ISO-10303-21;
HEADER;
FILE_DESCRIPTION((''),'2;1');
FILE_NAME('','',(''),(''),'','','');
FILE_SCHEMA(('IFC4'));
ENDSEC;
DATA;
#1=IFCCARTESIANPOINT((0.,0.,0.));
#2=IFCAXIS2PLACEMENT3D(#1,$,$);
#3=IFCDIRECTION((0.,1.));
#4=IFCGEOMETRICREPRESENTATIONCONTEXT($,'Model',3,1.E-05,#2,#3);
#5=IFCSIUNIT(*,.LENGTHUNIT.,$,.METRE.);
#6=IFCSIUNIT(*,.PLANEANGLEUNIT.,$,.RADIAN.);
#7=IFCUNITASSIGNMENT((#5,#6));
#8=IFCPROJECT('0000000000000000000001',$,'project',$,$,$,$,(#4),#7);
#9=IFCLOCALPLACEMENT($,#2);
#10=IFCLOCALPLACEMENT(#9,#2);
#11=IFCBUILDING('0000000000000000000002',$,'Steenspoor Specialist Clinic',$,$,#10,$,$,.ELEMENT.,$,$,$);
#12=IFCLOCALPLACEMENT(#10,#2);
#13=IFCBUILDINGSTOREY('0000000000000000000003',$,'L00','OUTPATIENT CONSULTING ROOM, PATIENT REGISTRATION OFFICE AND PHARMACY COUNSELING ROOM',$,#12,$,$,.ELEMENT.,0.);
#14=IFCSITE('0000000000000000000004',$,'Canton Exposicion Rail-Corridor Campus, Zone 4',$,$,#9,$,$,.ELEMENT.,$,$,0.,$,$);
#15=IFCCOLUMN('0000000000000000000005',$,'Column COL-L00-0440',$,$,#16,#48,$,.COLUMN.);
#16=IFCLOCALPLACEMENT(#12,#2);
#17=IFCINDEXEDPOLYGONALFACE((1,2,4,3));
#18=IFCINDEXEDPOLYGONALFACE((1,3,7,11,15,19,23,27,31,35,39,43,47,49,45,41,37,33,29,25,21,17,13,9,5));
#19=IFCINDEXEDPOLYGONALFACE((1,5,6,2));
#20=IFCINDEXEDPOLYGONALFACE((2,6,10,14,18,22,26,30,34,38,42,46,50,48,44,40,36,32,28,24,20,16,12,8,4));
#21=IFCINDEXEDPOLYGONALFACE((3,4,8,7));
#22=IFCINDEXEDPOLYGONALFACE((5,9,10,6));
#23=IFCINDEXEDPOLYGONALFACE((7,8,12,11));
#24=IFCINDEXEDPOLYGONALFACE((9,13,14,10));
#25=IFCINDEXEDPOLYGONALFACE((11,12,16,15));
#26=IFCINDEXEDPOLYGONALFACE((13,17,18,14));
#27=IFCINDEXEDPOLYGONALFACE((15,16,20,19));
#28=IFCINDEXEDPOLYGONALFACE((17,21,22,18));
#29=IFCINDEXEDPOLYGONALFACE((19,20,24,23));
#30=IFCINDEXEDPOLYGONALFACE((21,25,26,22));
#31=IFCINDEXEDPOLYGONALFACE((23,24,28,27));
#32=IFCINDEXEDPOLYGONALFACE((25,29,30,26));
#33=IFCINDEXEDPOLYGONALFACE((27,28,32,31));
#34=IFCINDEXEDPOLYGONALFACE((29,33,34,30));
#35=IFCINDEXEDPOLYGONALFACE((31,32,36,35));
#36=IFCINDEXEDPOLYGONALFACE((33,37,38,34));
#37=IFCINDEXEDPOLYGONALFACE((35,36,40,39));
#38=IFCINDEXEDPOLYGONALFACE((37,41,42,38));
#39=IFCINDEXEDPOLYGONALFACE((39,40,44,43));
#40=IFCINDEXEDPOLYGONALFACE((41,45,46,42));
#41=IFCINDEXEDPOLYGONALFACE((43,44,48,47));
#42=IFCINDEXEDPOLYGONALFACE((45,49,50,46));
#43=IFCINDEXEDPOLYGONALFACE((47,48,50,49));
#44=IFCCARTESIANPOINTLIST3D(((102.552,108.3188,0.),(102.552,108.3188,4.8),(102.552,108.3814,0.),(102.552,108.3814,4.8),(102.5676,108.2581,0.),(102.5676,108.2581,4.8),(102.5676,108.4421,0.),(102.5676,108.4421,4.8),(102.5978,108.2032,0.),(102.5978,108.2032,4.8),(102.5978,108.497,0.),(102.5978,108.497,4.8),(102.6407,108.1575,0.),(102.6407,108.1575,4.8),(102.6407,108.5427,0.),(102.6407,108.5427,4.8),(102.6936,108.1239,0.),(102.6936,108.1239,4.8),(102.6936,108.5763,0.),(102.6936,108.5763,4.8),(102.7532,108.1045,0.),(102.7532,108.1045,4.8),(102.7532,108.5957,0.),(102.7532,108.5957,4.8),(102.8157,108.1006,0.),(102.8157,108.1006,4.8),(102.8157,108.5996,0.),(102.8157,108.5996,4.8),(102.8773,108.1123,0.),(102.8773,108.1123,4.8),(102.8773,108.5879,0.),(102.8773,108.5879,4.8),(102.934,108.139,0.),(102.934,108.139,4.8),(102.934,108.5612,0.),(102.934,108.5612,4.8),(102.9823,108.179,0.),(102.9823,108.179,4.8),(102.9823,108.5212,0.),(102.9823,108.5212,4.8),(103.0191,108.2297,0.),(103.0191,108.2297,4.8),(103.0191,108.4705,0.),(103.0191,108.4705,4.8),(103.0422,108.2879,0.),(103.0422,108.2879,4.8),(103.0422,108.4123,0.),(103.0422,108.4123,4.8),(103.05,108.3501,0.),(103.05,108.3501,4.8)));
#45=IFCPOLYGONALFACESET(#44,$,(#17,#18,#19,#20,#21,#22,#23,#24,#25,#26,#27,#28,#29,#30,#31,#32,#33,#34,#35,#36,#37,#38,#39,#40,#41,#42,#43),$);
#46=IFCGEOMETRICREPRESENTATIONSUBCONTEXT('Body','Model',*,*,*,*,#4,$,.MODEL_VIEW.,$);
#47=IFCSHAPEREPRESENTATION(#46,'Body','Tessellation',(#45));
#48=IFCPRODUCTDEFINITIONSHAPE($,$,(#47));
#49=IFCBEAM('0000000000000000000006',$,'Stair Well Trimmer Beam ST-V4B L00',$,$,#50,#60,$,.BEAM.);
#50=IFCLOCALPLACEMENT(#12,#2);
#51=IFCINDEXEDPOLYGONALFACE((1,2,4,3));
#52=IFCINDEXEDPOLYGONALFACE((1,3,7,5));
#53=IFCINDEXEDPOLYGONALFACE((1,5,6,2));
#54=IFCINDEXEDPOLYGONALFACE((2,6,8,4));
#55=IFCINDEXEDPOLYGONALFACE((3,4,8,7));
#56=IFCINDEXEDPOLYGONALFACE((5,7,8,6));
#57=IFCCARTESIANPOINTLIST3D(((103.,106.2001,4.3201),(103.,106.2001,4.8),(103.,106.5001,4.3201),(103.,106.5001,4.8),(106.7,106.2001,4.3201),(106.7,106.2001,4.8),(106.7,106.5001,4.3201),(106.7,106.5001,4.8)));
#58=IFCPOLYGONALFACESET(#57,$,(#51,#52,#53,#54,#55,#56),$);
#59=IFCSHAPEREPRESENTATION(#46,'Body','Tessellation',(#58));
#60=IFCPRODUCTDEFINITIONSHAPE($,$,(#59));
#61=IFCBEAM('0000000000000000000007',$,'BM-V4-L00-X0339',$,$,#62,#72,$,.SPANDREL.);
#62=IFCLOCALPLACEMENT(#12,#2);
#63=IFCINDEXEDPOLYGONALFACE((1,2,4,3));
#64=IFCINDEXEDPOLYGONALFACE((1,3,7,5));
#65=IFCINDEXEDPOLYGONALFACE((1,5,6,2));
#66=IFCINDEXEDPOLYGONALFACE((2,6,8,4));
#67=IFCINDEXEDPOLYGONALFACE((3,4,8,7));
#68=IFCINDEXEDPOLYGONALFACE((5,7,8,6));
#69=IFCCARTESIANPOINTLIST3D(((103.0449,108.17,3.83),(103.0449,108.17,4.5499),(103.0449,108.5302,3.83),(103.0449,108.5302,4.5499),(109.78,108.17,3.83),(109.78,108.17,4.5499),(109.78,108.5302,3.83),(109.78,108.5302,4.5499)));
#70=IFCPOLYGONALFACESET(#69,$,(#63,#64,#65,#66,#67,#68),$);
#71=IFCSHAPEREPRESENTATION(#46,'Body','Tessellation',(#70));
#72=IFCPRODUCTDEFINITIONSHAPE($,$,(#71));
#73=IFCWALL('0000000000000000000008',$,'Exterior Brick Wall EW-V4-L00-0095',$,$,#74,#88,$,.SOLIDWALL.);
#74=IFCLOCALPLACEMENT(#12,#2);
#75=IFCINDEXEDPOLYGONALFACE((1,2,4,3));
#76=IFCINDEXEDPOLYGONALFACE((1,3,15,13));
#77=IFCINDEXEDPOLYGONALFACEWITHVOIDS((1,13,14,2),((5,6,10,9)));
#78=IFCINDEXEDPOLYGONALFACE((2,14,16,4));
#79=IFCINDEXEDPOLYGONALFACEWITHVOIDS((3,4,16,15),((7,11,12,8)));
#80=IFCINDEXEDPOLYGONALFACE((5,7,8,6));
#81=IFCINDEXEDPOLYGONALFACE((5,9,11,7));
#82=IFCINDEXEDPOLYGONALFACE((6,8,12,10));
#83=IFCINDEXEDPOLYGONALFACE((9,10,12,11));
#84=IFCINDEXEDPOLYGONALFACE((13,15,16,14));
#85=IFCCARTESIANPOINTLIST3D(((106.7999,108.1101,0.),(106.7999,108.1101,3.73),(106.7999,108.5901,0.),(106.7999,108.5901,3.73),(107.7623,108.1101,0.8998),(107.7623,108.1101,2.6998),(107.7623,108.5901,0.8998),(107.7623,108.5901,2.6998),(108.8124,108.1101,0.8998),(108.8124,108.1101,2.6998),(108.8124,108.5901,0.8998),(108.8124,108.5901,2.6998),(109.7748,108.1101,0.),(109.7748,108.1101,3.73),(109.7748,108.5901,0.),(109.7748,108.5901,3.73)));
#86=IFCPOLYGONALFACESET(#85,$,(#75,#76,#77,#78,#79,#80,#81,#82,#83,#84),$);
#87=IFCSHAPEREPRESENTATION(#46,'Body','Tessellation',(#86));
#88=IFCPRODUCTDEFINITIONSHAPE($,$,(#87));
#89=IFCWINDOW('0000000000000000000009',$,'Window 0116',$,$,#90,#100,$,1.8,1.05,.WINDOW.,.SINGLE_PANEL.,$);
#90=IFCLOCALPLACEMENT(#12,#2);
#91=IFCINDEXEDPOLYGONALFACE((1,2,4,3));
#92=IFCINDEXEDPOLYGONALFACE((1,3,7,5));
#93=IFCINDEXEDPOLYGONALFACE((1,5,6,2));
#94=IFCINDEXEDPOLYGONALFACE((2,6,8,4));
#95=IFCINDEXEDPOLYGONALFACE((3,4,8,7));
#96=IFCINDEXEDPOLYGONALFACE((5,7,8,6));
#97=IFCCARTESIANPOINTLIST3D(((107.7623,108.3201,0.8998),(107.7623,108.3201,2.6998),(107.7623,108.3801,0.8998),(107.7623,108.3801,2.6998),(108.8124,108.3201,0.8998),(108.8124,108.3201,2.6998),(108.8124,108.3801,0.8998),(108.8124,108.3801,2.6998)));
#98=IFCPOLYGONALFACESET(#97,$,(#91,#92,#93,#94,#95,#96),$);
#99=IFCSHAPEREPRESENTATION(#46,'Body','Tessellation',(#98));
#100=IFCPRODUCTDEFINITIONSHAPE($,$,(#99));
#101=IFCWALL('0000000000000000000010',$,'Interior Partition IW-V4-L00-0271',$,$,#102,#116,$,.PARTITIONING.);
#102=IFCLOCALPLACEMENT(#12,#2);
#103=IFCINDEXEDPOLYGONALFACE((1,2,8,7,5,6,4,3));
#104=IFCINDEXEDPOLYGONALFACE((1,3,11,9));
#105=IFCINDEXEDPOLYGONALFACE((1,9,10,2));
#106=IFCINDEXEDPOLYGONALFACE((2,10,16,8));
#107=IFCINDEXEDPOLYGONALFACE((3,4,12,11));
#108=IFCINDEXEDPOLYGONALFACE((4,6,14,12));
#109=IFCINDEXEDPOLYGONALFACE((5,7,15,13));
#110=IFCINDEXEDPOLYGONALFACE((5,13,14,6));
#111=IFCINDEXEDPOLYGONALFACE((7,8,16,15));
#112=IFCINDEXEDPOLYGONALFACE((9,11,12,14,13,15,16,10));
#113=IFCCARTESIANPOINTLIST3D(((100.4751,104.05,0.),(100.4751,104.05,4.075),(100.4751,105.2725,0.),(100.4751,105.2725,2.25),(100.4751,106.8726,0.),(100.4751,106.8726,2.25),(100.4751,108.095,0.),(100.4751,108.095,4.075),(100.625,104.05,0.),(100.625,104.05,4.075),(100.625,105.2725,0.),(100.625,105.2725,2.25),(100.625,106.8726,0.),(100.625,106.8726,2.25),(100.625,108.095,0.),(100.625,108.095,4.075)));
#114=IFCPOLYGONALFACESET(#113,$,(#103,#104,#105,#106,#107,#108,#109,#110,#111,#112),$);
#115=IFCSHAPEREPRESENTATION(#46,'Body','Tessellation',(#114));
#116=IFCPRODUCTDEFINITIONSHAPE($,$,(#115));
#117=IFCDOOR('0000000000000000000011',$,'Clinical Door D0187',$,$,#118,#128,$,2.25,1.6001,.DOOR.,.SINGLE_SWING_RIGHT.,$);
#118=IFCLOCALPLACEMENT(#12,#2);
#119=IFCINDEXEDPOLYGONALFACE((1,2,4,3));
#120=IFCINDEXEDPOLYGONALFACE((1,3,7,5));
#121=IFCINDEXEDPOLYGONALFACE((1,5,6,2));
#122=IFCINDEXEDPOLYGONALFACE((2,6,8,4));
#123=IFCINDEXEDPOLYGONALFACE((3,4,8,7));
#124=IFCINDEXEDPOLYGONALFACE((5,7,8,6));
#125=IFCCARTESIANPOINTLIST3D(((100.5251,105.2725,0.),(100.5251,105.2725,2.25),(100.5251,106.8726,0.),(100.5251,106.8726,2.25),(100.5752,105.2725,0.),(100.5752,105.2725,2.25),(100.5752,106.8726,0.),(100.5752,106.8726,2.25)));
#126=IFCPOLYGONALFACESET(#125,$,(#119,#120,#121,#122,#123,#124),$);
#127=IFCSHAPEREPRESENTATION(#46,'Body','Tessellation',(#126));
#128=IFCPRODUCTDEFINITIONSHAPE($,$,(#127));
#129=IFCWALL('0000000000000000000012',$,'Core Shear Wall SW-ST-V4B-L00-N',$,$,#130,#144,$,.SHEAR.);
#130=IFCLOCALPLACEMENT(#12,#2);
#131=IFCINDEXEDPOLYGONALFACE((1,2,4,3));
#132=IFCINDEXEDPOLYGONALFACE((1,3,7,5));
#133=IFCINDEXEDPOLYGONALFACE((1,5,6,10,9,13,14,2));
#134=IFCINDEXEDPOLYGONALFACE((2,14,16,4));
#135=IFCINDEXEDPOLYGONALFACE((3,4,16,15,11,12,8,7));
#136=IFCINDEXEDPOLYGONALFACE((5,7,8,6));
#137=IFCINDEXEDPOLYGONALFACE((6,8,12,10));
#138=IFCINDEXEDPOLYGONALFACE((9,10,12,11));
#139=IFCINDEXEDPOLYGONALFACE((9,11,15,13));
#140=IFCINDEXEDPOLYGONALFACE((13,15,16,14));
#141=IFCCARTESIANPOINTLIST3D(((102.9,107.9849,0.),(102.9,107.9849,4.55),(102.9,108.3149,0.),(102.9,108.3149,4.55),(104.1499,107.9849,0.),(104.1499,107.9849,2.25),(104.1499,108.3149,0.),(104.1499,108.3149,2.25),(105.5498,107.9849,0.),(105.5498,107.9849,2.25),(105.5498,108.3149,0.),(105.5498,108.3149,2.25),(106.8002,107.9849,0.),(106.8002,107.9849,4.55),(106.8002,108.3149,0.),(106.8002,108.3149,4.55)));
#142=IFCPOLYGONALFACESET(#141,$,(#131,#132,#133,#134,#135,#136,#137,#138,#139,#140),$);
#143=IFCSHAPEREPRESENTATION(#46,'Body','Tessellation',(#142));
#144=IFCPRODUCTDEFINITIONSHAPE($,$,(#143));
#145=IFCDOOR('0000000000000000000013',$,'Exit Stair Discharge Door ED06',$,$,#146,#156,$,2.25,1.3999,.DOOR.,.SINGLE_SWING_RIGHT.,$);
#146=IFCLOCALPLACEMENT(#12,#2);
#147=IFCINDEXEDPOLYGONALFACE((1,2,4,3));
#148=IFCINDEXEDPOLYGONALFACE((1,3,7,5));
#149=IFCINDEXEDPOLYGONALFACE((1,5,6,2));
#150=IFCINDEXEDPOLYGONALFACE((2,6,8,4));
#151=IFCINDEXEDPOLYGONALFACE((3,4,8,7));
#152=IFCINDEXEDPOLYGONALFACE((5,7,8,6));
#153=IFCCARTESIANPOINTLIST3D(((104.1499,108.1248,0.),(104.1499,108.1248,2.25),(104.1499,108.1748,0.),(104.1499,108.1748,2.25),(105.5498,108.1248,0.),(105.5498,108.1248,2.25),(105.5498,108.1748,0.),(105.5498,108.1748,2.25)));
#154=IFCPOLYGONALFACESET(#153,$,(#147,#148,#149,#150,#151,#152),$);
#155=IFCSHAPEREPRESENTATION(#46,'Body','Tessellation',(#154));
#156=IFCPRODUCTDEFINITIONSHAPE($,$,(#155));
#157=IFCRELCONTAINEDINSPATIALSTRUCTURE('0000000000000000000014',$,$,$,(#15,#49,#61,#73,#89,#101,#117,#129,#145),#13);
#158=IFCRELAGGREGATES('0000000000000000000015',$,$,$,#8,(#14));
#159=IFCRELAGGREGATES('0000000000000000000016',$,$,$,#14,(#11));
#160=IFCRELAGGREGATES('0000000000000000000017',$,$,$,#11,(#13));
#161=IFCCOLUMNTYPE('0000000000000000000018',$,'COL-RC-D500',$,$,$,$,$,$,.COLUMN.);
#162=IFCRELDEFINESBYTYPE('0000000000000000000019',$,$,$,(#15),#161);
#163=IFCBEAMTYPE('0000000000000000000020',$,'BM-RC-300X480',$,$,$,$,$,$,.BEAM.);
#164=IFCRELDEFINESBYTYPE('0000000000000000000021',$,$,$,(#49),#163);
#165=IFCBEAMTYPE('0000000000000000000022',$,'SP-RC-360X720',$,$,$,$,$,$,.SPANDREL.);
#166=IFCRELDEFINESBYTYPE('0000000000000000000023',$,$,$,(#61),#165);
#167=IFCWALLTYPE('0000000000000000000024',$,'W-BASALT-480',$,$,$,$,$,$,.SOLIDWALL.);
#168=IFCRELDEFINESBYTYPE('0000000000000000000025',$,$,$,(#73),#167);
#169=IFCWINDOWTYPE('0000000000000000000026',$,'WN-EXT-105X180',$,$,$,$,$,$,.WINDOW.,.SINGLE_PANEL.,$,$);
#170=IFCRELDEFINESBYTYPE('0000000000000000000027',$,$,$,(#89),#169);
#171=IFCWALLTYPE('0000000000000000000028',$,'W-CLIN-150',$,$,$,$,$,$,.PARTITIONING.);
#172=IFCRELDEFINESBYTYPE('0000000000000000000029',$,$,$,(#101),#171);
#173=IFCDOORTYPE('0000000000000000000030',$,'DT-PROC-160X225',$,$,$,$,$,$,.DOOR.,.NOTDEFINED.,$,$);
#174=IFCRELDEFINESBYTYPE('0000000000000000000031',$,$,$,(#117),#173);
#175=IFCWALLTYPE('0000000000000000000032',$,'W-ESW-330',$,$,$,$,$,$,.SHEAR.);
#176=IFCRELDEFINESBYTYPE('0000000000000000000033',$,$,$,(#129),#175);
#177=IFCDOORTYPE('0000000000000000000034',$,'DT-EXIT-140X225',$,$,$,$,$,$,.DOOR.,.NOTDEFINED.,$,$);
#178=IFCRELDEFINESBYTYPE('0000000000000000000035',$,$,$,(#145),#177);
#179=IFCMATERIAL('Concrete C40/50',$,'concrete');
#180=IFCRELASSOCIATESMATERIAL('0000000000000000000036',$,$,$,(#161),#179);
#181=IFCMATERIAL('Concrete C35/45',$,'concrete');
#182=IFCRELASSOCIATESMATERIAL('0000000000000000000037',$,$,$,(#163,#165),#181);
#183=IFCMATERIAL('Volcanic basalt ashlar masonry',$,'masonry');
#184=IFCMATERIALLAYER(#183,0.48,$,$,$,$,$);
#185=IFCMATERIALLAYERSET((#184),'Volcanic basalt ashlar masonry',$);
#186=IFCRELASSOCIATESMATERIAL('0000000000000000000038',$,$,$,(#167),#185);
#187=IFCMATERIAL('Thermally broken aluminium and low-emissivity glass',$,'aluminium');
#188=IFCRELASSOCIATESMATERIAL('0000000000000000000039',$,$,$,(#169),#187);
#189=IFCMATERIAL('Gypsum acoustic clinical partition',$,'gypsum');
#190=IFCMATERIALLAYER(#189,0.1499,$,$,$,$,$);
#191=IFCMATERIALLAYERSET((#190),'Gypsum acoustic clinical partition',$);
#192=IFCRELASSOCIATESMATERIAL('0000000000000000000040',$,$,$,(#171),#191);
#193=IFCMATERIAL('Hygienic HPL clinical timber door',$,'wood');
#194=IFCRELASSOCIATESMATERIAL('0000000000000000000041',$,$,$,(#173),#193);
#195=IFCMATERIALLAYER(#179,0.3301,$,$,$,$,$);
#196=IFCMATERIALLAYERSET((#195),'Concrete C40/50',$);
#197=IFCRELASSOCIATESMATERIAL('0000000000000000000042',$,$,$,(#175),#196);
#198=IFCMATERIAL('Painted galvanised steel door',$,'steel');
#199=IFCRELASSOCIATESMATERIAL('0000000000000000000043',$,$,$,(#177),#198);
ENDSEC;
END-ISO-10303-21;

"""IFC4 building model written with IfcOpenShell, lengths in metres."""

from ifc_helpers import new_model, si_unit, direction, frame, frame_2d, origin, origin_2d, place, context, subcontext, project, spatial, rectangle, circle, extrude, material, layer, layer_set, material_profile, profile_set, type_object, element, fill, save


model = new_model("IFC4")

# Units and contexts
model_context = context("Model", 3, precision=1e-05, world=origin(), true_north=direction((0.0, 1.0)))
body_context = subcontext(model_context, "Body", "Model", "MODEL_VIEW")
ifc_project = project(units=[si_unit("LENGTHUNIT", "METRE"), si_unit("PLANEANGLEUNIT", "RADIAN")], contexts=[model_context])

# Site, building, storey
site_placement = place(None, origin())
site = spatial("IfcSite", under=ifc_project, at=site_placement, Name="Canton Exposicion Rail-Corridor Campus, Zone 4", CompositionType="ELEMENT", RefElevation=0.0)
building_placement = place(site_placement, origin())
building = spatial("IfcBuilding", under=site, at=building_placement, Name="Steenspoor Specialist Clinic", CompositionType="ELEMENT")
storey_placement = place(building_placement, origin())
storey = spatial("IfcBuildingStorey", under=building, at=storey_placement, Name="L00", Description="OUTPATIENT CONSULTING ROOM, PATIENT REGISTRATION OFFICE AND PHARMACY COUNSELING ROOM", CompositionType="ELEMENT", Elevation=0.0)

# Shared definitions
ifc_material_1 = material(Name="Concrete C35/45", Category="concrete")

# Column
ifc_material_2 = material(Name="Concrete C40/50", Category="concrete")
ifc_material_profile_1 = material_profile(ifc_material_2, circle(Radius=0.25, at=origin_2d()), Name="RC-COL-D500")
ifc_profile_set_1 = profile_set([ifc_material_profile_1], Name="Concrete C40/50")
column_type = type_object("IfcColumnType", Name="COL-RC-D500", PredefinedType="COLUMN", material=ifc_profile_set_1)
column_placement = place(storey_placement, frame((102.8, 108.3501, 0.0), z_axis=(0.0, 0.0, 1.0), x_axis=(1.0, 0.0, 0.0)))
element("IfcColumn", 1, at=column_placement, inside=storey, type_object=column_type, Name="Column COL-L00-0440", PredefinedType="COLUMN", context=body_context, shape_type="SweptSolid", body=[
    extrude(circle(Radius=0.25, at=origin_2d()), origin(), (0.0, 0.0, 1.0), 4.8),
])

# Beams
ifc_material_profile_2 = material_profile(ifc_material_1, rectangle(XDim=0.3, YDim=0.48, at=origin_2d()), Name="RC-BM-300X480")
ifc_profile_set_2 = profile_set([ifc_material_profile_2], Name="Concrete C35/45")
beam_type_1 = type_object("IfcBeamType", Name="BM-RC-300X480", PredefinedType="BEAM", material=ifc_profile_set_2)
beam_1_placement = place(storey_placement, frame((103.0, 106.3501, 4.5601), z_axis=(1.0, 0.0, 0.0), x_axis=(0.0, 1.0, 0.0)))
element("IfcBeam", 2, at=beam_1_placement, inside=storey, type_object=beam_type_1, Name="Stair Well Trimmer Beam ST-V4B L00", PredefinedType="BEAM", context=body_context, shape_type="SweptSolid", body=[
    extrude(rectangle(XDim=0.3, YDim=0.48, at=origin_2d()), origin(), (0.0, 0.0, 1.0), 3.7),
])
ifc_material_profile_3 = material_profile(ifc_material_1, rectangle(XDim=0.3601, YDim=0.72, at=origin_2d()), Name="RC-SP-360X720")
ifc_profile_set_3 = profile_set([ifc_material_profile_3], Name="Concrete C35/45")
beam_type_2 = type_object("IfcBeamType", Name="SP-RC-360X720", PredefinedType="SPANDREL", material=ifc_profile_set_3)
beam_2_placement = place(storey_placement, frame((103.0449, 108.3501, 4.1899), z_axis=(1.0, 0.0, 0.0), x_axis=(0.0, 1.0, 0.0)))
element("IfcBeam", 3, at=beam_2_placement, inside=storey, type_object=beam_type_2, Name="BM-V4-L00-X0339", PredefinedType="SPANDREL", context=body_context, shape_type="SweptSolid", body=[
    extrude(rectangle(XDim=0.3601, YDim=0.72, at=origin_2d()), origin(), (0.0, 0.0, 1.0), 6.7351),
])

# Wall, opening, window
ifc_material_3 = material(Name="Volcanic basalt ashlar masonry", Category="masonry")
ifc_layer_1 = layer(ifc_material_3, 0.48)
ifc_layer_set_1 = layer_set([ifc_layer_1], Name="Volcanic basalt ashlar masonry")
wall_type_1 = type_object("IfcWallType", Name="W-BASALT-480", PredefinedType="SOLIDWALL", material=ifc_layer_set_1)
wall_1_placement = place(storey_placement, frame((106.8, 108.3501, 0.0), z_axis=(0.0, 0.0, 1.0), x_axis=(1.0, 0.0, 0.0)))
wall_1 = element("IfcWall", 4, at=wall_1_placement, inside=storey, type_object=wall_type_1, Name="Exterior Brick Wall EW-V4-L00-0095", PredefinedType="SOLIDWALL", context=body_context, shape_type="SweptSolid", body=[
    extrude(rectangle(XDim=2.9749, YDim=0.48, at=frame_2d((1.4873, 0.0))), origin(), (0.0, 0.0, 1.0), 3.73),
])
opening_1_placement = place(wall_1_placement, frame((0.9624, 0.0, 0.8999)))
opening_1 = element("IfcOpeningElement", 5, at=opening_1_placement, cuts=wall_1, PredefinedType="OPENING", context=body_context, shape_type="SweptSolid", body=[
    extrude(rectangle(XDim=1.05, YDim=1.8, at=frame_2d((0.5249, 0.8999))), frame((0.0, 0.25, 0.0), z_axis=(0.0, -1.0, 0.0), x_axis=(1.0, 0.0, 0.0)), (0.0, 0.0, 1.0), 0.5),
])
ifc_material_4 = material(Name="Thermally broken aluminium and low-emissivity glass", Category="aluminium")
window_type = type_object("IfcWindowType", Name="WN-EXT-105X180", PartitioningType="SINGLE_PANEL", PredefinedType="WINDOW", material=ifc_material_4)
window_placement = place(opening_1_placement, origin())
window = element("IfcWindow", 6, at=window_placement, inside=storey, type_object=window_type, Name="Window 0116", OverallHeight=1.8, OverallWidth=1.05, PartitioningType="SINGLE_PANEL", PredefinedType="WINDOW", context=body_context, shape_type="SweptSolid", body=[
    extrude(rectangle(XDim=1.05, YDim=1.8, at=frame_2d((0.5249, 0.8999))), frame((0.0, 0.03, 0.0), z_axis=(0.0, -1.0, 0.0), x_axis=(1.0, 0.0, 0.0)), (0.0, 0.0, 1.0), 0.0601),
])
fill(opening_1, window)

# Walls, openings, doors
ifc_material_5 = material(Name="Gypsum acoustic clinical partition", Category="gypsum")
ifc_layer_2 = layer(ifc_material_5, 0.1499)
ifc_layer_set_2 = layer_set([ifc_layer_2], Name="Gypsum acoustic clinical partition")
wall_type_2 = type_object("IfcWallType", Name="W-CLIN-150", PredefinedType="PARTITIONING", material=ifc_layer_set_2)
wall_2_placement = place(storey_placement, frame((100.55, 104.05, 0.0), z_axis=(0.0, 0.0, 1.0), x_axis=(0.0, 1.0, 0.0)))
wall_2 = element("IfcWall", 7, at=wall_2_placement, inside=storey, type_object=wall_type_2, Name="Interior Partition IW-V4-L00-0271", PredefinedType="PARTITIONING", context=body_context, shape_type="SweptSolid", body=[
    extrude(rectangle(XDim=4.0449, YDim=0.1499, at=frame_2d((2.0225, 0.0))), origin(), (0.0, 0.0, 1.0), 4.075),
])
opening_2_placement = place(wall_2_placement, frame((1.2224, 0.0, 0.0)))
opening_2 = element("IfcOpeningElement", 8, at=opening_2_placement, cuts=wall_2, PredefinedType="OPENING", context=body_context, shape_type="SweptSolid", body=[
    extrude(rectangle(XDim=1.6001, YDim=2.25, at=frame_2d((0.8, 1.125))), frame((0.0, 0.085, 0.0), z_axis=(0.0, -1.0, 0.0), x_axis=(1.0, 0.0, 0.0)), (0.0, 0.0, 1.0), 0.1699),
])
ifc_material_6 = material(Name="Hygienic HPL clinical timber door", Category="wood")
door_type_1 = type_object("IfcDoorType", Name="DT-PROC-160X225", OperationType="NOTDEFINED", PredefinedType="DOOR", material=ifc_material_6)
door_1_placement = place(opening_2_placement, origin())
door_1 = element("IfcDoor", 9, at=door_1_placement, inside=storey, type_object=door_type_1, Name="Clinical Door D0187", OperationType="SINGLE_SWING_RIGHT", OverallHeight=2.25, OverallWidth=1.6001, PredefinedType="DOOR", context=body_context, shape_type="SweptSolid", body=[
    extrude(rectangle(XDim=1.6001, YDim=2.25, at=frame_2d((0.8, 1.125))), frame((0.0, 0.0249, 0.0), z_axis=(0.0, -1.0, 0.0), x_axis=(1.0, 0.0, 0.0)), (0.0, 0.0, 1.0), 0.05),
])
fill(opening_2, door_1)
ifc_layer_3 = layer(ifc_material_2, 0.3301)
ifc_layer_set_3 = layer_set([ifc_layer_3], Name="Concrete C40/50")
wall_type_3 = type_object("IfcWallType", Name="W-ESW-330", PredefinedType="SHEAR", material=ifc_layer_set_3)
wall_3_placement = place(storey_placement, frame((102.8999, 108.1499, 0.0), z_axis=(0.0, 0.0, 1.0), x_axis=(1.0, 0.0, 0.0)))
wall_3 = element("IfcWall", 10, at=wall_3_placement, inside=storey, type_object=wall_type_3, Name="Core Shear Wall SW-ST-V4B-L00-N", PredefinedType="SHEAR", context=body_context, shape_type="SweptSolid", body=[
    extrude(rectangle(XDim=3.9001, YDim=0.3301, at=frame_2d((1.9502, 0.0))), origin(), (0.0, 0.0, 1.0), 4.55),
])
opening_3_placement = place(wall_3_placement, frame((1.25, 0.0, 0.0)))
opening_3 = element("IfcOpeningElement", 11, at=opening_3_placement, cuts=wall_3, PredefinedType="OPENING", context=body_context, shape_type="SweptSolid", body=[
    extrude(rectangle(XDim=1.3999, YDim=2.25, at=frame_2d((0.7, 1.125))), frame((0.0, 0.175, 0.0), z_axis=(0.0, -1.0, 0.0), x_axis=(1.0, 0.0, 0.0)), (0.0, 0.0, 1.0), 0.3501),
])
ifc_material_7 = material(Name="Painted galvanised steel door", Category="steel")
door_type_2 = type_object("IfcDoorType", Name="DT-EXIT-140X225", OperationType="NOTDEFINED", PredefinedType="DOOR", material=ifc_material_7)
door_2_placement = place(opening_3_placement, origin())
door_2 = element("IfcDoor", 12, at=door_2_placement, inside=storey, type_object=door_type_2, Name="Exit Stair Discharge Door ED06", OperationType="SINGLE_SWING_RIGHT", OverallHeight=2.25, OverallWidth=1.3999, PredefinedType="DOOR", context=body_context, shape_type="SweptSolid", body=[
    extrude(rectangle(XDim=1.3999, YDim=2.25, at=frame_2d((0.7, 1.125))), frame((0.0, 0.0249, 0.0), z_axis=(0.0, -1.0, 0.0), x_axis=(1.0, 0.0, 0.0)), (0.0, 0.0, 1.0), 0.05),
])
fill(opening_3, door_2)

save(model, "model.ifc")
